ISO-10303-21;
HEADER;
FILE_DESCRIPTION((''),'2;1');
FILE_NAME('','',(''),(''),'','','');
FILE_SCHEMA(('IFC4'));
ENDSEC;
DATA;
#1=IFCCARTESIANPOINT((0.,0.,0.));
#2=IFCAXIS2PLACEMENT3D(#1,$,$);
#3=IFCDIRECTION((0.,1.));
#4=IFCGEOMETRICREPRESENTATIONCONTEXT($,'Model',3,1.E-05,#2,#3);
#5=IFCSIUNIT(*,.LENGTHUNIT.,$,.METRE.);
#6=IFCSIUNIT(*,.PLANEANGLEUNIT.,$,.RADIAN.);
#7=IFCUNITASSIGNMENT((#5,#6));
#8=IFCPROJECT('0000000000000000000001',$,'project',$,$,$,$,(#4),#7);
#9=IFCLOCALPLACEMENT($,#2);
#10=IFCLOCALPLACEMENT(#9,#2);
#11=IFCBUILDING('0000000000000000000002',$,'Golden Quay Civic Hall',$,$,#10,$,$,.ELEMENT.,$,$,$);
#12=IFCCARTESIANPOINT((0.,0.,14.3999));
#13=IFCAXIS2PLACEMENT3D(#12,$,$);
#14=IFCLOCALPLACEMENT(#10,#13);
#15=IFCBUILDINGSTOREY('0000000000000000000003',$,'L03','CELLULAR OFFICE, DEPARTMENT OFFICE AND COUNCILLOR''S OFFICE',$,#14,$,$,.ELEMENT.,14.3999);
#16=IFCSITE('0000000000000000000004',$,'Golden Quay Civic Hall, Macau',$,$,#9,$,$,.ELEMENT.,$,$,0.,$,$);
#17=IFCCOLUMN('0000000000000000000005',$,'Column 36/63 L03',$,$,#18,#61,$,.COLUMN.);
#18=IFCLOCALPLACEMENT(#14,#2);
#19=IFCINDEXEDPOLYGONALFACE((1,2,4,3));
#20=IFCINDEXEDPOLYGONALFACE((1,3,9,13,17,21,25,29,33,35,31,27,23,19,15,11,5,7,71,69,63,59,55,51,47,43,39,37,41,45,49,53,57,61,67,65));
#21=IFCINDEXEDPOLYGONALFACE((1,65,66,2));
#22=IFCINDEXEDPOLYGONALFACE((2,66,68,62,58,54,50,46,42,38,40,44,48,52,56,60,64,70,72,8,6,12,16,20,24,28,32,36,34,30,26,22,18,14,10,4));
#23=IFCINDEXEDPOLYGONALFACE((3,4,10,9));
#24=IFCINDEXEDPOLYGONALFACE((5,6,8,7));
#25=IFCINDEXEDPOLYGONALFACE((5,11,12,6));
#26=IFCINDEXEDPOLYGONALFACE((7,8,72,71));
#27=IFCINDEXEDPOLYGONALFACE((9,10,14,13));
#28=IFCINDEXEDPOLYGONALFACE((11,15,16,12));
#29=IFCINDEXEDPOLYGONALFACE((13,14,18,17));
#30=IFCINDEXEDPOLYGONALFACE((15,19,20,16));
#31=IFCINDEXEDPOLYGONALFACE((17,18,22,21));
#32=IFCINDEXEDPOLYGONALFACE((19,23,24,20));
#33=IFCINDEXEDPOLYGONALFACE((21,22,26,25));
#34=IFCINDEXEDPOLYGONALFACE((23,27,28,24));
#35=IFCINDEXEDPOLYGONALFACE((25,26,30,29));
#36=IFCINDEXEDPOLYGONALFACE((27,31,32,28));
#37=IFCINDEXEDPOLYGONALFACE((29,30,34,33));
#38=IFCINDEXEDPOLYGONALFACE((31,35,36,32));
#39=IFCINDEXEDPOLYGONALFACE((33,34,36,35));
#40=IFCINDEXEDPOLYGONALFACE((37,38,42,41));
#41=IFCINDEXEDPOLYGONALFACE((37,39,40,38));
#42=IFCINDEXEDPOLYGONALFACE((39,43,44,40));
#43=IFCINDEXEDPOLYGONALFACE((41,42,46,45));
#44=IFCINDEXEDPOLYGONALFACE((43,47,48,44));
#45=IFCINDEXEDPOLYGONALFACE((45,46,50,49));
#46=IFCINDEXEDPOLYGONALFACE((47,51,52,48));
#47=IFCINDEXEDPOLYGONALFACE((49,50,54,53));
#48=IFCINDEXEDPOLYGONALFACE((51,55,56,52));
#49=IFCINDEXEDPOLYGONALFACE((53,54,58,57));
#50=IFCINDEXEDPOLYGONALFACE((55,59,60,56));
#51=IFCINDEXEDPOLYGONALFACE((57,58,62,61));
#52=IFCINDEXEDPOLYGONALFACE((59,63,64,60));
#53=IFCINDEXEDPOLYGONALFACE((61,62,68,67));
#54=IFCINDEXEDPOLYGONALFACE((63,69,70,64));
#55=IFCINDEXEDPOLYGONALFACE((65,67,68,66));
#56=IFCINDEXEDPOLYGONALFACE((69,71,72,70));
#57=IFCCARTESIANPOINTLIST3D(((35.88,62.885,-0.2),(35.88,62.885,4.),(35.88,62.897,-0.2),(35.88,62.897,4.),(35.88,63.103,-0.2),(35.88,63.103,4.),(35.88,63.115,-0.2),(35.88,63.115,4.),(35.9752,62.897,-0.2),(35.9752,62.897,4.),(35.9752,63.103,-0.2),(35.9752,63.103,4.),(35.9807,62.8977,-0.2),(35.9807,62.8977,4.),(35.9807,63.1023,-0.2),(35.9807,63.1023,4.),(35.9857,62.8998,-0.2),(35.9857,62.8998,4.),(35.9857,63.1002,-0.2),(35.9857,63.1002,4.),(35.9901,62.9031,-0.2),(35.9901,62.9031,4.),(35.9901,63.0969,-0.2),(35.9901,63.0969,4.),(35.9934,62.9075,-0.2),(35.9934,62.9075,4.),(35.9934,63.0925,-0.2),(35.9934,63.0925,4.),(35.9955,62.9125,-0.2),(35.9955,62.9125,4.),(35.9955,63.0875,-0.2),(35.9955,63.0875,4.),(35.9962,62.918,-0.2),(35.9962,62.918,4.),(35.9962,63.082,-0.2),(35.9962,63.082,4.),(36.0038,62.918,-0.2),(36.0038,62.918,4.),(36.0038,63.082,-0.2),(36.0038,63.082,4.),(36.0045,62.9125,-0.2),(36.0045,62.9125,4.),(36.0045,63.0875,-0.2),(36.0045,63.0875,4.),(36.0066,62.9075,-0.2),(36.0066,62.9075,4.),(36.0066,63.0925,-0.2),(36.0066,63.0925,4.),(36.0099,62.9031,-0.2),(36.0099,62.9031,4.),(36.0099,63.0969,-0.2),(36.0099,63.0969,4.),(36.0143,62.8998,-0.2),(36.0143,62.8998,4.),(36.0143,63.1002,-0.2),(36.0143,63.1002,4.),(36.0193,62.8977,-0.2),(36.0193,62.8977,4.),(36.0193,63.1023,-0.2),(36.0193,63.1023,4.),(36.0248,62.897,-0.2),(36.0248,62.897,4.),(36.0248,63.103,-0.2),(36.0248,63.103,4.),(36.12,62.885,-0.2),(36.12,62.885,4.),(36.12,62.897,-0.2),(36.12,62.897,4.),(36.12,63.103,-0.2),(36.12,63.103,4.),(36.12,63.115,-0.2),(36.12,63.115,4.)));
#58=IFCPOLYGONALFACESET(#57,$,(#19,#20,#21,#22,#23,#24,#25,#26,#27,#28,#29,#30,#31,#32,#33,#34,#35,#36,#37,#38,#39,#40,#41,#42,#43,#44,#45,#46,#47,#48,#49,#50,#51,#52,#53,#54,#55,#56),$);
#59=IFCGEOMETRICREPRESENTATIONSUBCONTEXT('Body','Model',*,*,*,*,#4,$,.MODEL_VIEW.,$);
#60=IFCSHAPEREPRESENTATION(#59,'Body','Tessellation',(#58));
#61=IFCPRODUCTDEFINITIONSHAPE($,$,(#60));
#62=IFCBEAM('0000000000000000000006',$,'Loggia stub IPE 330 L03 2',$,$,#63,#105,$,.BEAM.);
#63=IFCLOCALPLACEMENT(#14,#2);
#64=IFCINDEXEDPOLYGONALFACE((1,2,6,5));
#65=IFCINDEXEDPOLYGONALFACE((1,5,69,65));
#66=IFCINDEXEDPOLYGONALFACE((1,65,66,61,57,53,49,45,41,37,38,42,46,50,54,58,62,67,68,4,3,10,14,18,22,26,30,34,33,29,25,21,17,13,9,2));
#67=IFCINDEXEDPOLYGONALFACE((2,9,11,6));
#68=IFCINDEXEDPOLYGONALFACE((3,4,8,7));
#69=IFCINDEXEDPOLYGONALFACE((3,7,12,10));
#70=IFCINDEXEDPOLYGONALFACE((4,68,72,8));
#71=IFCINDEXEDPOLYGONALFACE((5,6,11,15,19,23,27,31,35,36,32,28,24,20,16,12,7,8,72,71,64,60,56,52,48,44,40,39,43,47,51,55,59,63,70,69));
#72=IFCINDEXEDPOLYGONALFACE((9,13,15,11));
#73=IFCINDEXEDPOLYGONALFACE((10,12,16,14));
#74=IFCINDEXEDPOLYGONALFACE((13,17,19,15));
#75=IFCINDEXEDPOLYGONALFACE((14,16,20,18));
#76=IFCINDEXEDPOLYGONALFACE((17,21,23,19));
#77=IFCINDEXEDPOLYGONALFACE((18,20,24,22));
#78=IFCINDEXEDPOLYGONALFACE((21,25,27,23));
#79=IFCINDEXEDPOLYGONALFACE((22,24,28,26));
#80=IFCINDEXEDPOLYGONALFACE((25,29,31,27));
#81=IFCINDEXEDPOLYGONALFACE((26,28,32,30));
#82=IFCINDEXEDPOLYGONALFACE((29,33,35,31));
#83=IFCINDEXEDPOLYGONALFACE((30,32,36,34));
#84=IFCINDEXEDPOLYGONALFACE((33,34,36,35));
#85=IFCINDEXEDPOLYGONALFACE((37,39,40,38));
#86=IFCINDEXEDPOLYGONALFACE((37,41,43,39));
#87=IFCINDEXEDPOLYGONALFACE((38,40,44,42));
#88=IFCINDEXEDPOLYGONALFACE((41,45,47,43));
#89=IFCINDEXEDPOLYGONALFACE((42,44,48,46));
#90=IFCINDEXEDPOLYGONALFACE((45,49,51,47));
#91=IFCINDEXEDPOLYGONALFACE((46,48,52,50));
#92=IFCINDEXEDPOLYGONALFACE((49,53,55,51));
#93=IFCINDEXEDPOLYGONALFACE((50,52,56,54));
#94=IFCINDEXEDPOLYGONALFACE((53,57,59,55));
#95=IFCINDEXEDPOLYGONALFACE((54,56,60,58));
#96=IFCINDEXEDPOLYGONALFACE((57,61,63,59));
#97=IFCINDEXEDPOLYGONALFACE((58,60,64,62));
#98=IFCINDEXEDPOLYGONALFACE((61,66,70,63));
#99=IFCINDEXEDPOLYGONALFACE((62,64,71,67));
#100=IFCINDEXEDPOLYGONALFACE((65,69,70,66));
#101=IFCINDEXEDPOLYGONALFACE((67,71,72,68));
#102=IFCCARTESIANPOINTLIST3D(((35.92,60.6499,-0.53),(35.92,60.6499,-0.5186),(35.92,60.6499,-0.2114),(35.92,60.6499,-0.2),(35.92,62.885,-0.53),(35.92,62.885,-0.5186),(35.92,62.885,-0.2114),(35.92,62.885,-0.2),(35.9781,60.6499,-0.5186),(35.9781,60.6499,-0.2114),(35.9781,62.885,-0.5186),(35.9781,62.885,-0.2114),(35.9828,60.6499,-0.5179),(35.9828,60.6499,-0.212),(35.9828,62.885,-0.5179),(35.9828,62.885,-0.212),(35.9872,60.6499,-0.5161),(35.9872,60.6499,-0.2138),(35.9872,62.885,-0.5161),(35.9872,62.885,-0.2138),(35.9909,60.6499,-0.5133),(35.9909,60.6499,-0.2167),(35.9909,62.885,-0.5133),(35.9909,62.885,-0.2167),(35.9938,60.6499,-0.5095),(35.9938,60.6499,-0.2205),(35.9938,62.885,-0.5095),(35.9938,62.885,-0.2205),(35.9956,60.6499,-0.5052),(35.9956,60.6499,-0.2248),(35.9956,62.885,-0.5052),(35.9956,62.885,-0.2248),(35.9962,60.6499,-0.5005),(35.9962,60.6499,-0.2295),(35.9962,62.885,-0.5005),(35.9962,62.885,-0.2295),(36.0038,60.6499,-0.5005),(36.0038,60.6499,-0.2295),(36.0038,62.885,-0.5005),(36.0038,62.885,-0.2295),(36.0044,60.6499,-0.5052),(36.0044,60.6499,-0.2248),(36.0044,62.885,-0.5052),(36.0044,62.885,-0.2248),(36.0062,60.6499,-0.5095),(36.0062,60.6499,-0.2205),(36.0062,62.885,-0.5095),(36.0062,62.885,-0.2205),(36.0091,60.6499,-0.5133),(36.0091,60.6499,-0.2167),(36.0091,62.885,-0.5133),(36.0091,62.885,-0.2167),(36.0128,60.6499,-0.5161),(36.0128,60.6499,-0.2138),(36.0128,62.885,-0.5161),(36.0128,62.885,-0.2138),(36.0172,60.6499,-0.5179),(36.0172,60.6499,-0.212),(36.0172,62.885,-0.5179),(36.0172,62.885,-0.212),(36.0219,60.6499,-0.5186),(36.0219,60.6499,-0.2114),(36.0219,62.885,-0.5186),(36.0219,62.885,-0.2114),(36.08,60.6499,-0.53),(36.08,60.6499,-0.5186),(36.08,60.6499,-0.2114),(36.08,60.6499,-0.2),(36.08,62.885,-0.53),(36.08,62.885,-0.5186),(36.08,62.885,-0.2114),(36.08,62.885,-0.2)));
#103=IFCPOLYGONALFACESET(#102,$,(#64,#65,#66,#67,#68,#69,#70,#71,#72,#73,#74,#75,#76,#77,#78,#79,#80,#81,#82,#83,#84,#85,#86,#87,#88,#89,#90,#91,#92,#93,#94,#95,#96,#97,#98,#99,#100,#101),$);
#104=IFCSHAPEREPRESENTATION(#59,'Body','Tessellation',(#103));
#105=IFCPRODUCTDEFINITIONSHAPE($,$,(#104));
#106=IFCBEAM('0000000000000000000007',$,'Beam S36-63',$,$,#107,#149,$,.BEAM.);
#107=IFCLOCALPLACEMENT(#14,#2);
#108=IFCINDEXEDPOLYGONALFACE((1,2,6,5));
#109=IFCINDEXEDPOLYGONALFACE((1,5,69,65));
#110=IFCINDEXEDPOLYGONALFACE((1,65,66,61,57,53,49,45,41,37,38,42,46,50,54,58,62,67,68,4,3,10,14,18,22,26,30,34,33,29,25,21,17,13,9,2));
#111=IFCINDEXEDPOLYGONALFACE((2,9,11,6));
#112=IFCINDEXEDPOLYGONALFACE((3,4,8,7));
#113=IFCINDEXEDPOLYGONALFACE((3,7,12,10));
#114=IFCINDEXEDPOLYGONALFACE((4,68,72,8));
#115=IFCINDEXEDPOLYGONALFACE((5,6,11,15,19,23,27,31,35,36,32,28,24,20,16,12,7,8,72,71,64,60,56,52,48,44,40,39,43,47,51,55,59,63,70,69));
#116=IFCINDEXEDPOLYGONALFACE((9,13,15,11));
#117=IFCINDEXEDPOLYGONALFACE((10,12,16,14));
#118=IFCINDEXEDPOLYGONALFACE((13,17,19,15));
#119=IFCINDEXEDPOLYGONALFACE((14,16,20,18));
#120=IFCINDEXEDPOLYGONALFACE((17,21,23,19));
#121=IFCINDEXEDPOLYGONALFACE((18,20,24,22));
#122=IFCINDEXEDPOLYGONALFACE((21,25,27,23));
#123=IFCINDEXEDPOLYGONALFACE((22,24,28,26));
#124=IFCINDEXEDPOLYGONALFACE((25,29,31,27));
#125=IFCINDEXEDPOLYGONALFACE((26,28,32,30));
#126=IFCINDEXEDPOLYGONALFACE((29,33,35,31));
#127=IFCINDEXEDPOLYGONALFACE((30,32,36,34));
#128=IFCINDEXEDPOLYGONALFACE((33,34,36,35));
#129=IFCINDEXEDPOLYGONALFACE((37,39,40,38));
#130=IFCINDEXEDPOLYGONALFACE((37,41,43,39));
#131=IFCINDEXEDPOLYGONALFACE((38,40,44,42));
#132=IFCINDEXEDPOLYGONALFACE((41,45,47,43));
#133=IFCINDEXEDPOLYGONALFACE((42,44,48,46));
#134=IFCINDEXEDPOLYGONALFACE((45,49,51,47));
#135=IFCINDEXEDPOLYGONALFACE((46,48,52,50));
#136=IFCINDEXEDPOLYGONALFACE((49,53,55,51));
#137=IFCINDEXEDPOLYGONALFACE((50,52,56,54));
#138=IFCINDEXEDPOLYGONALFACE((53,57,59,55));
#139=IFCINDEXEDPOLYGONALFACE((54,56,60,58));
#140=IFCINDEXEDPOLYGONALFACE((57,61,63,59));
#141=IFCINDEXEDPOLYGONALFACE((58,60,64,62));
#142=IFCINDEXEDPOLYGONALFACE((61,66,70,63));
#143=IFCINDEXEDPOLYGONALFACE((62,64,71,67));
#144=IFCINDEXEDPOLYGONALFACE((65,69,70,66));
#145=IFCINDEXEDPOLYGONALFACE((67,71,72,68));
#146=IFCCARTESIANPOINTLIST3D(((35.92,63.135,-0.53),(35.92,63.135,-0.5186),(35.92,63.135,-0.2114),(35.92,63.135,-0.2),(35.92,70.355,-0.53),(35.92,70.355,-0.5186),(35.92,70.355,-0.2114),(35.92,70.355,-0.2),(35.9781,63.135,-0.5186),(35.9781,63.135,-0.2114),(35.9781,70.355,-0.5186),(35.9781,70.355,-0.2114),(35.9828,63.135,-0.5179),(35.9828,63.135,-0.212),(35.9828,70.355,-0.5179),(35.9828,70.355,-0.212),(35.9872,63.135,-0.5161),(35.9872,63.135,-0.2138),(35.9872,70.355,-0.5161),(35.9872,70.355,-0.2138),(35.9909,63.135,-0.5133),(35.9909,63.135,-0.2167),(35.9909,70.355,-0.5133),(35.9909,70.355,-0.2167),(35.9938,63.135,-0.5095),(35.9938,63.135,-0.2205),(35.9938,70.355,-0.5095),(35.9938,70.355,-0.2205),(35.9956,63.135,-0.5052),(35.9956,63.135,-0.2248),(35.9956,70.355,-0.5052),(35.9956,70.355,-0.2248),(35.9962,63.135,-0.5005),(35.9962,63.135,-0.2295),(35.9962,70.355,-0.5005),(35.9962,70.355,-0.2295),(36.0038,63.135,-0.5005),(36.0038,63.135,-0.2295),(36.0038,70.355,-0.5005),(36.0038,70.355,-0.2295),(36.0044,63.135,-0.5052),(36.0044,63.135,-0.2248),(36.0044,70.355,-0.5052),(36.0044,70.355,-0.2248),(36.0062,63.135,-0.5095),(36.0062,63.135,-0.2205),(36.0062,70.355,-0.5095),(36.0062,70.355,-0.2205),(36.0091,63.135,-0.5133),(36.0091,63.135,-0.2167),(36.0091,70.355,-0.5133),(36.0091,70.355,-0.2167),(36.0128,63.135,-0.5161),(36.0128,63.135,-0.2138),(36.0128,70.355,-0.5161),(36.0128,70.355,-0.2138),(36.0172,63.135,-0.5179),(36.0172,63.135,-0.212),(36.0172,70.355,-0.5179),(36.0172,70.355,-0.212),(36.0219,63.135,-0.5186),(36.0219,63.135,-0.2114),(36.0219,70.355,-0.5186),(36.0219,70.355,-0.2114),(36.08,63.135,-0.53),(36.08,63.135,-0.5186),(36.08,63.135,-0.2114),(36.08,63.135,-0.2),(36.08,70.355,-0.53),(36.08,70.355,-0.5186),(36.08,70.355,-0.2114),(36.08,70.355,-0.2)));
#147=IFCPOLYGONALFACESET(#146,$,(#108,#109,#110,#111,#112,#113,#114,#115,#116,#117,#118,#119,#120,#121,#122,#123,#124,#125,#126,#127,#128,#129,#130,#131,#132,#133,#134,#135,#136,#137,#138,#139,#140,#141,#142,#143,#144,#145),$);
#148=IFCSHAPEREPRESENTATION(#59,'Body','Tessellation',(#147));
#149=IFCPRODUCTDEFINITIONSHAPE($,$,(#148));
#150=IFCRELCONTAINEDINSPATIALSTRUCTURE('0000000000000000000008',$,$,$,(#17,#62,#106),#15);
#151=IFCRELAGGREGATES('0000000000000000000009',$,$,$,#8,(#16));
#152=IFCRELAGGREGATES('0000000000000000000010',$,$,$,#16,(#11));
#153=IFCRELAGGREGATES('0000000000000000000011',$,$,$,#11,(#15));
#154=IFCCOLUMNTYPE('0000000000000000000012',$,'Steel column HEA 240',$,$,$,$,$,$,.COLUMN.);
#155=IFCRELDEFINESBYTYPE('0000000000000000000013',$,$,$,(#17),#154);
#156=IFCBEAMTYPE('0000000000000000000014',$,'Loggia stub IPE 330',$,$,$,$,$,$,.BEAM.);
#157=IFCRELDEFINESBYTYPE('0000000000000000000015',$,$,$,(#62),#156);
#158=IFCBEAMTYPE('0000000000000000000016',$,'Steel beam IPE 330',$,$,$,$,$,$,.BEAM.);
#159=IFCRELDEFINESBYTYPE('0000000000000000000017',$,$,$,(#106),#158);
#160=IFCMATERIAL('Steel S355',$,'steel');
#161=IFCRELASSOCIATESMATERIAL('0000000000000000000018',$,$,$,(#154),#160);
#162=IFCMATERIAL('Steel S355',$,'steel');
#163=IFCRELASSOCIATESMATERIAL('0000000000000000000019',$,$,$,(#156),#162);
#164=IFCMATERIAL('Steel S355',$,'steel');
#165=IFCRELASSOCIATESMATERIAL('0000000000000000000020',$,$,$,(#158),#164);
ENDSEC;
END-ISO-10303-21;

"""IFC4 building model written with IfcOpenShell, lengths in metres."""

from ifc_helpers import new_model, si_unit, direction, frame, origin, origin_2d, place, context, subcontext, project, spatial, i_section, extrude, material, material_profile, profile_set, type_object, element, save


model = new_model("IFC4")

# Units and contexts
model_context = context("Model", 3, precision=1e-05, world=origin(), true_north=direction((0.0, 1.0)))
body_context = subcontext(model_context, "Body", "Model", "MODEL_VIEW")
ifc_project = project(units=[si_unit("LENGTHUNIT", "METRE"), si_unit("PLANEANGLEUNIT", "RADIAN")], contexts=[model_context])

# Site, building, storey
site_placement = place(None, origin())
site = spatial("IfcSite", under=ifc_project, at=site_placement, Name="Golden Quay Civic Hall, Macau", CompositionType="ELEMENT", RefElevation=0.0)
building_placement = place(site_placement, origin())
building = spatial("IfcBuilding", under=site, at=building_placement, Name="Golden Quay Civic Hall", CompositionType="ELEMENT")
storey_placement = place(building_placement, frame((0.0, 0.0, 14.3999)))
storey = spatial("IfcBuildingStorey", under=building, at=storey_placement, Name="L03", Description="CELLULAR OFFICE, DEPARTMENT OFFICE AND COUNCILLOR'S OFFICE", CompositionType="ELEMENT", Elevation=14.3999)

# Column
ifc_material_1 = material(Name="Steel S355", Category="steel")
ifc_material_profile_1 = material_profile(ifc_material_1, i_section(OverallWidth=0.24, OverallDepth=0.23, WebThickness=0.0076, FlangeThickness=0.012, FilletRadius=0.021, at=origin_2d()), Name="HEA 240")
ifc_profile_set_1 = profile_set([ifc_material_profile_1], Name="Steel S355")
column_type = type_object("IfcColumnType", Name="Steel column HEA 240", PredefinedType="COLUMN", material=ifc_profile_set_1)
column_placement = place(storey_placement, frame((36.0, 63.0, -0.2), z_axis=(0.0, 0.0, 1.0), x_axis=(1.0, 0.0, 0.0)))
element("IfcColumn", 1, at=column_placement, inside=storey, type_object=column_type, Name="Column 36/63 L03", PredefinedType="COLUMN", context=body_context, shape_type="SweptSolid", body=[
    extrude(i_section(OverallWidth=0.24, OverallDepth=0.23, WebThickness=0.0076, FlangeThickness=0.012, FilletRadius=0.021, at=origin_2d()), origin(), (0.0, 0.0, 1.0), 4.2),
])

# Beams
ifc_material_2 = material(Name="Steel S355", Category="steel")
ifc_material_profile_2 = material_profile(ifc_material_2, i_section(OverallWidth=0.1599, OverallDepth=0.3301, WebThickness=0.0076, FlangeThickness=0.0115, FilletRadius=0.0181, at=origin_2d()), Name="IPE 330")
ifc_profile_set_2 = profile_set([ifc_material_profile_2], Name="Steel S355")
beam_type_1 = type_object("IfcBeamType", Name="Loggia stub IPE 330", PredefinedType="BEAM", material=ifc_profile_set_2)
beam_1_placement = place(storey_placement, frame((36.0, 62.885, -0.365), z_axis=(0.0, -1.0, 0.0), x_axis=(1.0, 0.0, 0.0)))
element("IfcBeam", 2, at=beam_1_placement, inside=storey, type_object=beam_type_1, Name="Loggia stub IPE 330 L03 2", PredefinedType="BEAM", context=body_context, shape_type="SweptSolid", body=[
    extrude(i_section(OverallWidth=0.1599, OverallDepth=0.3301, WebThickness=0.0076, FlangeThickness=0.0115, FilletRadius=0.0181, at=origin_2d()), origin(), (0.0, 0.0, 1.0), 2.2351),
])
ifc_material_3 = material(Name="Steel S355", Category="steel")
ifc_material_profile_3 = material_profile(ifc_material_3, i_section(OverallWidth=0.1599, OverallDepth=0.3301, WebThickness=0.0076, FlangeThickness=0.0115, FilletRadius=0.0181, at=origin_2d()), Name="IPE 330")
ifc_profile_set_3 = profile_set([ifc_material_profile_3], Name="Steel S355")
beam_type_2 = type_object("IfcBeamType", Name="Steel beam IPE 330", PredefinedType="BEAM", material=ifc_profile_set_3)
beam_2_placement = place(storey_placement, frame((36.0, 63.135, -0.365), z_axis=(0.0, 1.0, 0.0), x_axis=(-1.0, 0.0, 0.0)))
element("IfcBeam", 3, at=beam_2_placement, inside=storey, type_object=beam_type_2, Name="Beam S36-63", PredefinedType="BEAM", context=body_context, shape_type="SweptSolid", body=[
    extrude(i_section(OverallWidth=0.1599, OverallDepth=0.3301, WebThickness=0.0076, FlangeThickness=0.0115, FilletRadius=0.0181, at=origin_2d()), origin(), (0.0, 0.0, 1.0), 7.22),
])

save(model, "model.ifc")
